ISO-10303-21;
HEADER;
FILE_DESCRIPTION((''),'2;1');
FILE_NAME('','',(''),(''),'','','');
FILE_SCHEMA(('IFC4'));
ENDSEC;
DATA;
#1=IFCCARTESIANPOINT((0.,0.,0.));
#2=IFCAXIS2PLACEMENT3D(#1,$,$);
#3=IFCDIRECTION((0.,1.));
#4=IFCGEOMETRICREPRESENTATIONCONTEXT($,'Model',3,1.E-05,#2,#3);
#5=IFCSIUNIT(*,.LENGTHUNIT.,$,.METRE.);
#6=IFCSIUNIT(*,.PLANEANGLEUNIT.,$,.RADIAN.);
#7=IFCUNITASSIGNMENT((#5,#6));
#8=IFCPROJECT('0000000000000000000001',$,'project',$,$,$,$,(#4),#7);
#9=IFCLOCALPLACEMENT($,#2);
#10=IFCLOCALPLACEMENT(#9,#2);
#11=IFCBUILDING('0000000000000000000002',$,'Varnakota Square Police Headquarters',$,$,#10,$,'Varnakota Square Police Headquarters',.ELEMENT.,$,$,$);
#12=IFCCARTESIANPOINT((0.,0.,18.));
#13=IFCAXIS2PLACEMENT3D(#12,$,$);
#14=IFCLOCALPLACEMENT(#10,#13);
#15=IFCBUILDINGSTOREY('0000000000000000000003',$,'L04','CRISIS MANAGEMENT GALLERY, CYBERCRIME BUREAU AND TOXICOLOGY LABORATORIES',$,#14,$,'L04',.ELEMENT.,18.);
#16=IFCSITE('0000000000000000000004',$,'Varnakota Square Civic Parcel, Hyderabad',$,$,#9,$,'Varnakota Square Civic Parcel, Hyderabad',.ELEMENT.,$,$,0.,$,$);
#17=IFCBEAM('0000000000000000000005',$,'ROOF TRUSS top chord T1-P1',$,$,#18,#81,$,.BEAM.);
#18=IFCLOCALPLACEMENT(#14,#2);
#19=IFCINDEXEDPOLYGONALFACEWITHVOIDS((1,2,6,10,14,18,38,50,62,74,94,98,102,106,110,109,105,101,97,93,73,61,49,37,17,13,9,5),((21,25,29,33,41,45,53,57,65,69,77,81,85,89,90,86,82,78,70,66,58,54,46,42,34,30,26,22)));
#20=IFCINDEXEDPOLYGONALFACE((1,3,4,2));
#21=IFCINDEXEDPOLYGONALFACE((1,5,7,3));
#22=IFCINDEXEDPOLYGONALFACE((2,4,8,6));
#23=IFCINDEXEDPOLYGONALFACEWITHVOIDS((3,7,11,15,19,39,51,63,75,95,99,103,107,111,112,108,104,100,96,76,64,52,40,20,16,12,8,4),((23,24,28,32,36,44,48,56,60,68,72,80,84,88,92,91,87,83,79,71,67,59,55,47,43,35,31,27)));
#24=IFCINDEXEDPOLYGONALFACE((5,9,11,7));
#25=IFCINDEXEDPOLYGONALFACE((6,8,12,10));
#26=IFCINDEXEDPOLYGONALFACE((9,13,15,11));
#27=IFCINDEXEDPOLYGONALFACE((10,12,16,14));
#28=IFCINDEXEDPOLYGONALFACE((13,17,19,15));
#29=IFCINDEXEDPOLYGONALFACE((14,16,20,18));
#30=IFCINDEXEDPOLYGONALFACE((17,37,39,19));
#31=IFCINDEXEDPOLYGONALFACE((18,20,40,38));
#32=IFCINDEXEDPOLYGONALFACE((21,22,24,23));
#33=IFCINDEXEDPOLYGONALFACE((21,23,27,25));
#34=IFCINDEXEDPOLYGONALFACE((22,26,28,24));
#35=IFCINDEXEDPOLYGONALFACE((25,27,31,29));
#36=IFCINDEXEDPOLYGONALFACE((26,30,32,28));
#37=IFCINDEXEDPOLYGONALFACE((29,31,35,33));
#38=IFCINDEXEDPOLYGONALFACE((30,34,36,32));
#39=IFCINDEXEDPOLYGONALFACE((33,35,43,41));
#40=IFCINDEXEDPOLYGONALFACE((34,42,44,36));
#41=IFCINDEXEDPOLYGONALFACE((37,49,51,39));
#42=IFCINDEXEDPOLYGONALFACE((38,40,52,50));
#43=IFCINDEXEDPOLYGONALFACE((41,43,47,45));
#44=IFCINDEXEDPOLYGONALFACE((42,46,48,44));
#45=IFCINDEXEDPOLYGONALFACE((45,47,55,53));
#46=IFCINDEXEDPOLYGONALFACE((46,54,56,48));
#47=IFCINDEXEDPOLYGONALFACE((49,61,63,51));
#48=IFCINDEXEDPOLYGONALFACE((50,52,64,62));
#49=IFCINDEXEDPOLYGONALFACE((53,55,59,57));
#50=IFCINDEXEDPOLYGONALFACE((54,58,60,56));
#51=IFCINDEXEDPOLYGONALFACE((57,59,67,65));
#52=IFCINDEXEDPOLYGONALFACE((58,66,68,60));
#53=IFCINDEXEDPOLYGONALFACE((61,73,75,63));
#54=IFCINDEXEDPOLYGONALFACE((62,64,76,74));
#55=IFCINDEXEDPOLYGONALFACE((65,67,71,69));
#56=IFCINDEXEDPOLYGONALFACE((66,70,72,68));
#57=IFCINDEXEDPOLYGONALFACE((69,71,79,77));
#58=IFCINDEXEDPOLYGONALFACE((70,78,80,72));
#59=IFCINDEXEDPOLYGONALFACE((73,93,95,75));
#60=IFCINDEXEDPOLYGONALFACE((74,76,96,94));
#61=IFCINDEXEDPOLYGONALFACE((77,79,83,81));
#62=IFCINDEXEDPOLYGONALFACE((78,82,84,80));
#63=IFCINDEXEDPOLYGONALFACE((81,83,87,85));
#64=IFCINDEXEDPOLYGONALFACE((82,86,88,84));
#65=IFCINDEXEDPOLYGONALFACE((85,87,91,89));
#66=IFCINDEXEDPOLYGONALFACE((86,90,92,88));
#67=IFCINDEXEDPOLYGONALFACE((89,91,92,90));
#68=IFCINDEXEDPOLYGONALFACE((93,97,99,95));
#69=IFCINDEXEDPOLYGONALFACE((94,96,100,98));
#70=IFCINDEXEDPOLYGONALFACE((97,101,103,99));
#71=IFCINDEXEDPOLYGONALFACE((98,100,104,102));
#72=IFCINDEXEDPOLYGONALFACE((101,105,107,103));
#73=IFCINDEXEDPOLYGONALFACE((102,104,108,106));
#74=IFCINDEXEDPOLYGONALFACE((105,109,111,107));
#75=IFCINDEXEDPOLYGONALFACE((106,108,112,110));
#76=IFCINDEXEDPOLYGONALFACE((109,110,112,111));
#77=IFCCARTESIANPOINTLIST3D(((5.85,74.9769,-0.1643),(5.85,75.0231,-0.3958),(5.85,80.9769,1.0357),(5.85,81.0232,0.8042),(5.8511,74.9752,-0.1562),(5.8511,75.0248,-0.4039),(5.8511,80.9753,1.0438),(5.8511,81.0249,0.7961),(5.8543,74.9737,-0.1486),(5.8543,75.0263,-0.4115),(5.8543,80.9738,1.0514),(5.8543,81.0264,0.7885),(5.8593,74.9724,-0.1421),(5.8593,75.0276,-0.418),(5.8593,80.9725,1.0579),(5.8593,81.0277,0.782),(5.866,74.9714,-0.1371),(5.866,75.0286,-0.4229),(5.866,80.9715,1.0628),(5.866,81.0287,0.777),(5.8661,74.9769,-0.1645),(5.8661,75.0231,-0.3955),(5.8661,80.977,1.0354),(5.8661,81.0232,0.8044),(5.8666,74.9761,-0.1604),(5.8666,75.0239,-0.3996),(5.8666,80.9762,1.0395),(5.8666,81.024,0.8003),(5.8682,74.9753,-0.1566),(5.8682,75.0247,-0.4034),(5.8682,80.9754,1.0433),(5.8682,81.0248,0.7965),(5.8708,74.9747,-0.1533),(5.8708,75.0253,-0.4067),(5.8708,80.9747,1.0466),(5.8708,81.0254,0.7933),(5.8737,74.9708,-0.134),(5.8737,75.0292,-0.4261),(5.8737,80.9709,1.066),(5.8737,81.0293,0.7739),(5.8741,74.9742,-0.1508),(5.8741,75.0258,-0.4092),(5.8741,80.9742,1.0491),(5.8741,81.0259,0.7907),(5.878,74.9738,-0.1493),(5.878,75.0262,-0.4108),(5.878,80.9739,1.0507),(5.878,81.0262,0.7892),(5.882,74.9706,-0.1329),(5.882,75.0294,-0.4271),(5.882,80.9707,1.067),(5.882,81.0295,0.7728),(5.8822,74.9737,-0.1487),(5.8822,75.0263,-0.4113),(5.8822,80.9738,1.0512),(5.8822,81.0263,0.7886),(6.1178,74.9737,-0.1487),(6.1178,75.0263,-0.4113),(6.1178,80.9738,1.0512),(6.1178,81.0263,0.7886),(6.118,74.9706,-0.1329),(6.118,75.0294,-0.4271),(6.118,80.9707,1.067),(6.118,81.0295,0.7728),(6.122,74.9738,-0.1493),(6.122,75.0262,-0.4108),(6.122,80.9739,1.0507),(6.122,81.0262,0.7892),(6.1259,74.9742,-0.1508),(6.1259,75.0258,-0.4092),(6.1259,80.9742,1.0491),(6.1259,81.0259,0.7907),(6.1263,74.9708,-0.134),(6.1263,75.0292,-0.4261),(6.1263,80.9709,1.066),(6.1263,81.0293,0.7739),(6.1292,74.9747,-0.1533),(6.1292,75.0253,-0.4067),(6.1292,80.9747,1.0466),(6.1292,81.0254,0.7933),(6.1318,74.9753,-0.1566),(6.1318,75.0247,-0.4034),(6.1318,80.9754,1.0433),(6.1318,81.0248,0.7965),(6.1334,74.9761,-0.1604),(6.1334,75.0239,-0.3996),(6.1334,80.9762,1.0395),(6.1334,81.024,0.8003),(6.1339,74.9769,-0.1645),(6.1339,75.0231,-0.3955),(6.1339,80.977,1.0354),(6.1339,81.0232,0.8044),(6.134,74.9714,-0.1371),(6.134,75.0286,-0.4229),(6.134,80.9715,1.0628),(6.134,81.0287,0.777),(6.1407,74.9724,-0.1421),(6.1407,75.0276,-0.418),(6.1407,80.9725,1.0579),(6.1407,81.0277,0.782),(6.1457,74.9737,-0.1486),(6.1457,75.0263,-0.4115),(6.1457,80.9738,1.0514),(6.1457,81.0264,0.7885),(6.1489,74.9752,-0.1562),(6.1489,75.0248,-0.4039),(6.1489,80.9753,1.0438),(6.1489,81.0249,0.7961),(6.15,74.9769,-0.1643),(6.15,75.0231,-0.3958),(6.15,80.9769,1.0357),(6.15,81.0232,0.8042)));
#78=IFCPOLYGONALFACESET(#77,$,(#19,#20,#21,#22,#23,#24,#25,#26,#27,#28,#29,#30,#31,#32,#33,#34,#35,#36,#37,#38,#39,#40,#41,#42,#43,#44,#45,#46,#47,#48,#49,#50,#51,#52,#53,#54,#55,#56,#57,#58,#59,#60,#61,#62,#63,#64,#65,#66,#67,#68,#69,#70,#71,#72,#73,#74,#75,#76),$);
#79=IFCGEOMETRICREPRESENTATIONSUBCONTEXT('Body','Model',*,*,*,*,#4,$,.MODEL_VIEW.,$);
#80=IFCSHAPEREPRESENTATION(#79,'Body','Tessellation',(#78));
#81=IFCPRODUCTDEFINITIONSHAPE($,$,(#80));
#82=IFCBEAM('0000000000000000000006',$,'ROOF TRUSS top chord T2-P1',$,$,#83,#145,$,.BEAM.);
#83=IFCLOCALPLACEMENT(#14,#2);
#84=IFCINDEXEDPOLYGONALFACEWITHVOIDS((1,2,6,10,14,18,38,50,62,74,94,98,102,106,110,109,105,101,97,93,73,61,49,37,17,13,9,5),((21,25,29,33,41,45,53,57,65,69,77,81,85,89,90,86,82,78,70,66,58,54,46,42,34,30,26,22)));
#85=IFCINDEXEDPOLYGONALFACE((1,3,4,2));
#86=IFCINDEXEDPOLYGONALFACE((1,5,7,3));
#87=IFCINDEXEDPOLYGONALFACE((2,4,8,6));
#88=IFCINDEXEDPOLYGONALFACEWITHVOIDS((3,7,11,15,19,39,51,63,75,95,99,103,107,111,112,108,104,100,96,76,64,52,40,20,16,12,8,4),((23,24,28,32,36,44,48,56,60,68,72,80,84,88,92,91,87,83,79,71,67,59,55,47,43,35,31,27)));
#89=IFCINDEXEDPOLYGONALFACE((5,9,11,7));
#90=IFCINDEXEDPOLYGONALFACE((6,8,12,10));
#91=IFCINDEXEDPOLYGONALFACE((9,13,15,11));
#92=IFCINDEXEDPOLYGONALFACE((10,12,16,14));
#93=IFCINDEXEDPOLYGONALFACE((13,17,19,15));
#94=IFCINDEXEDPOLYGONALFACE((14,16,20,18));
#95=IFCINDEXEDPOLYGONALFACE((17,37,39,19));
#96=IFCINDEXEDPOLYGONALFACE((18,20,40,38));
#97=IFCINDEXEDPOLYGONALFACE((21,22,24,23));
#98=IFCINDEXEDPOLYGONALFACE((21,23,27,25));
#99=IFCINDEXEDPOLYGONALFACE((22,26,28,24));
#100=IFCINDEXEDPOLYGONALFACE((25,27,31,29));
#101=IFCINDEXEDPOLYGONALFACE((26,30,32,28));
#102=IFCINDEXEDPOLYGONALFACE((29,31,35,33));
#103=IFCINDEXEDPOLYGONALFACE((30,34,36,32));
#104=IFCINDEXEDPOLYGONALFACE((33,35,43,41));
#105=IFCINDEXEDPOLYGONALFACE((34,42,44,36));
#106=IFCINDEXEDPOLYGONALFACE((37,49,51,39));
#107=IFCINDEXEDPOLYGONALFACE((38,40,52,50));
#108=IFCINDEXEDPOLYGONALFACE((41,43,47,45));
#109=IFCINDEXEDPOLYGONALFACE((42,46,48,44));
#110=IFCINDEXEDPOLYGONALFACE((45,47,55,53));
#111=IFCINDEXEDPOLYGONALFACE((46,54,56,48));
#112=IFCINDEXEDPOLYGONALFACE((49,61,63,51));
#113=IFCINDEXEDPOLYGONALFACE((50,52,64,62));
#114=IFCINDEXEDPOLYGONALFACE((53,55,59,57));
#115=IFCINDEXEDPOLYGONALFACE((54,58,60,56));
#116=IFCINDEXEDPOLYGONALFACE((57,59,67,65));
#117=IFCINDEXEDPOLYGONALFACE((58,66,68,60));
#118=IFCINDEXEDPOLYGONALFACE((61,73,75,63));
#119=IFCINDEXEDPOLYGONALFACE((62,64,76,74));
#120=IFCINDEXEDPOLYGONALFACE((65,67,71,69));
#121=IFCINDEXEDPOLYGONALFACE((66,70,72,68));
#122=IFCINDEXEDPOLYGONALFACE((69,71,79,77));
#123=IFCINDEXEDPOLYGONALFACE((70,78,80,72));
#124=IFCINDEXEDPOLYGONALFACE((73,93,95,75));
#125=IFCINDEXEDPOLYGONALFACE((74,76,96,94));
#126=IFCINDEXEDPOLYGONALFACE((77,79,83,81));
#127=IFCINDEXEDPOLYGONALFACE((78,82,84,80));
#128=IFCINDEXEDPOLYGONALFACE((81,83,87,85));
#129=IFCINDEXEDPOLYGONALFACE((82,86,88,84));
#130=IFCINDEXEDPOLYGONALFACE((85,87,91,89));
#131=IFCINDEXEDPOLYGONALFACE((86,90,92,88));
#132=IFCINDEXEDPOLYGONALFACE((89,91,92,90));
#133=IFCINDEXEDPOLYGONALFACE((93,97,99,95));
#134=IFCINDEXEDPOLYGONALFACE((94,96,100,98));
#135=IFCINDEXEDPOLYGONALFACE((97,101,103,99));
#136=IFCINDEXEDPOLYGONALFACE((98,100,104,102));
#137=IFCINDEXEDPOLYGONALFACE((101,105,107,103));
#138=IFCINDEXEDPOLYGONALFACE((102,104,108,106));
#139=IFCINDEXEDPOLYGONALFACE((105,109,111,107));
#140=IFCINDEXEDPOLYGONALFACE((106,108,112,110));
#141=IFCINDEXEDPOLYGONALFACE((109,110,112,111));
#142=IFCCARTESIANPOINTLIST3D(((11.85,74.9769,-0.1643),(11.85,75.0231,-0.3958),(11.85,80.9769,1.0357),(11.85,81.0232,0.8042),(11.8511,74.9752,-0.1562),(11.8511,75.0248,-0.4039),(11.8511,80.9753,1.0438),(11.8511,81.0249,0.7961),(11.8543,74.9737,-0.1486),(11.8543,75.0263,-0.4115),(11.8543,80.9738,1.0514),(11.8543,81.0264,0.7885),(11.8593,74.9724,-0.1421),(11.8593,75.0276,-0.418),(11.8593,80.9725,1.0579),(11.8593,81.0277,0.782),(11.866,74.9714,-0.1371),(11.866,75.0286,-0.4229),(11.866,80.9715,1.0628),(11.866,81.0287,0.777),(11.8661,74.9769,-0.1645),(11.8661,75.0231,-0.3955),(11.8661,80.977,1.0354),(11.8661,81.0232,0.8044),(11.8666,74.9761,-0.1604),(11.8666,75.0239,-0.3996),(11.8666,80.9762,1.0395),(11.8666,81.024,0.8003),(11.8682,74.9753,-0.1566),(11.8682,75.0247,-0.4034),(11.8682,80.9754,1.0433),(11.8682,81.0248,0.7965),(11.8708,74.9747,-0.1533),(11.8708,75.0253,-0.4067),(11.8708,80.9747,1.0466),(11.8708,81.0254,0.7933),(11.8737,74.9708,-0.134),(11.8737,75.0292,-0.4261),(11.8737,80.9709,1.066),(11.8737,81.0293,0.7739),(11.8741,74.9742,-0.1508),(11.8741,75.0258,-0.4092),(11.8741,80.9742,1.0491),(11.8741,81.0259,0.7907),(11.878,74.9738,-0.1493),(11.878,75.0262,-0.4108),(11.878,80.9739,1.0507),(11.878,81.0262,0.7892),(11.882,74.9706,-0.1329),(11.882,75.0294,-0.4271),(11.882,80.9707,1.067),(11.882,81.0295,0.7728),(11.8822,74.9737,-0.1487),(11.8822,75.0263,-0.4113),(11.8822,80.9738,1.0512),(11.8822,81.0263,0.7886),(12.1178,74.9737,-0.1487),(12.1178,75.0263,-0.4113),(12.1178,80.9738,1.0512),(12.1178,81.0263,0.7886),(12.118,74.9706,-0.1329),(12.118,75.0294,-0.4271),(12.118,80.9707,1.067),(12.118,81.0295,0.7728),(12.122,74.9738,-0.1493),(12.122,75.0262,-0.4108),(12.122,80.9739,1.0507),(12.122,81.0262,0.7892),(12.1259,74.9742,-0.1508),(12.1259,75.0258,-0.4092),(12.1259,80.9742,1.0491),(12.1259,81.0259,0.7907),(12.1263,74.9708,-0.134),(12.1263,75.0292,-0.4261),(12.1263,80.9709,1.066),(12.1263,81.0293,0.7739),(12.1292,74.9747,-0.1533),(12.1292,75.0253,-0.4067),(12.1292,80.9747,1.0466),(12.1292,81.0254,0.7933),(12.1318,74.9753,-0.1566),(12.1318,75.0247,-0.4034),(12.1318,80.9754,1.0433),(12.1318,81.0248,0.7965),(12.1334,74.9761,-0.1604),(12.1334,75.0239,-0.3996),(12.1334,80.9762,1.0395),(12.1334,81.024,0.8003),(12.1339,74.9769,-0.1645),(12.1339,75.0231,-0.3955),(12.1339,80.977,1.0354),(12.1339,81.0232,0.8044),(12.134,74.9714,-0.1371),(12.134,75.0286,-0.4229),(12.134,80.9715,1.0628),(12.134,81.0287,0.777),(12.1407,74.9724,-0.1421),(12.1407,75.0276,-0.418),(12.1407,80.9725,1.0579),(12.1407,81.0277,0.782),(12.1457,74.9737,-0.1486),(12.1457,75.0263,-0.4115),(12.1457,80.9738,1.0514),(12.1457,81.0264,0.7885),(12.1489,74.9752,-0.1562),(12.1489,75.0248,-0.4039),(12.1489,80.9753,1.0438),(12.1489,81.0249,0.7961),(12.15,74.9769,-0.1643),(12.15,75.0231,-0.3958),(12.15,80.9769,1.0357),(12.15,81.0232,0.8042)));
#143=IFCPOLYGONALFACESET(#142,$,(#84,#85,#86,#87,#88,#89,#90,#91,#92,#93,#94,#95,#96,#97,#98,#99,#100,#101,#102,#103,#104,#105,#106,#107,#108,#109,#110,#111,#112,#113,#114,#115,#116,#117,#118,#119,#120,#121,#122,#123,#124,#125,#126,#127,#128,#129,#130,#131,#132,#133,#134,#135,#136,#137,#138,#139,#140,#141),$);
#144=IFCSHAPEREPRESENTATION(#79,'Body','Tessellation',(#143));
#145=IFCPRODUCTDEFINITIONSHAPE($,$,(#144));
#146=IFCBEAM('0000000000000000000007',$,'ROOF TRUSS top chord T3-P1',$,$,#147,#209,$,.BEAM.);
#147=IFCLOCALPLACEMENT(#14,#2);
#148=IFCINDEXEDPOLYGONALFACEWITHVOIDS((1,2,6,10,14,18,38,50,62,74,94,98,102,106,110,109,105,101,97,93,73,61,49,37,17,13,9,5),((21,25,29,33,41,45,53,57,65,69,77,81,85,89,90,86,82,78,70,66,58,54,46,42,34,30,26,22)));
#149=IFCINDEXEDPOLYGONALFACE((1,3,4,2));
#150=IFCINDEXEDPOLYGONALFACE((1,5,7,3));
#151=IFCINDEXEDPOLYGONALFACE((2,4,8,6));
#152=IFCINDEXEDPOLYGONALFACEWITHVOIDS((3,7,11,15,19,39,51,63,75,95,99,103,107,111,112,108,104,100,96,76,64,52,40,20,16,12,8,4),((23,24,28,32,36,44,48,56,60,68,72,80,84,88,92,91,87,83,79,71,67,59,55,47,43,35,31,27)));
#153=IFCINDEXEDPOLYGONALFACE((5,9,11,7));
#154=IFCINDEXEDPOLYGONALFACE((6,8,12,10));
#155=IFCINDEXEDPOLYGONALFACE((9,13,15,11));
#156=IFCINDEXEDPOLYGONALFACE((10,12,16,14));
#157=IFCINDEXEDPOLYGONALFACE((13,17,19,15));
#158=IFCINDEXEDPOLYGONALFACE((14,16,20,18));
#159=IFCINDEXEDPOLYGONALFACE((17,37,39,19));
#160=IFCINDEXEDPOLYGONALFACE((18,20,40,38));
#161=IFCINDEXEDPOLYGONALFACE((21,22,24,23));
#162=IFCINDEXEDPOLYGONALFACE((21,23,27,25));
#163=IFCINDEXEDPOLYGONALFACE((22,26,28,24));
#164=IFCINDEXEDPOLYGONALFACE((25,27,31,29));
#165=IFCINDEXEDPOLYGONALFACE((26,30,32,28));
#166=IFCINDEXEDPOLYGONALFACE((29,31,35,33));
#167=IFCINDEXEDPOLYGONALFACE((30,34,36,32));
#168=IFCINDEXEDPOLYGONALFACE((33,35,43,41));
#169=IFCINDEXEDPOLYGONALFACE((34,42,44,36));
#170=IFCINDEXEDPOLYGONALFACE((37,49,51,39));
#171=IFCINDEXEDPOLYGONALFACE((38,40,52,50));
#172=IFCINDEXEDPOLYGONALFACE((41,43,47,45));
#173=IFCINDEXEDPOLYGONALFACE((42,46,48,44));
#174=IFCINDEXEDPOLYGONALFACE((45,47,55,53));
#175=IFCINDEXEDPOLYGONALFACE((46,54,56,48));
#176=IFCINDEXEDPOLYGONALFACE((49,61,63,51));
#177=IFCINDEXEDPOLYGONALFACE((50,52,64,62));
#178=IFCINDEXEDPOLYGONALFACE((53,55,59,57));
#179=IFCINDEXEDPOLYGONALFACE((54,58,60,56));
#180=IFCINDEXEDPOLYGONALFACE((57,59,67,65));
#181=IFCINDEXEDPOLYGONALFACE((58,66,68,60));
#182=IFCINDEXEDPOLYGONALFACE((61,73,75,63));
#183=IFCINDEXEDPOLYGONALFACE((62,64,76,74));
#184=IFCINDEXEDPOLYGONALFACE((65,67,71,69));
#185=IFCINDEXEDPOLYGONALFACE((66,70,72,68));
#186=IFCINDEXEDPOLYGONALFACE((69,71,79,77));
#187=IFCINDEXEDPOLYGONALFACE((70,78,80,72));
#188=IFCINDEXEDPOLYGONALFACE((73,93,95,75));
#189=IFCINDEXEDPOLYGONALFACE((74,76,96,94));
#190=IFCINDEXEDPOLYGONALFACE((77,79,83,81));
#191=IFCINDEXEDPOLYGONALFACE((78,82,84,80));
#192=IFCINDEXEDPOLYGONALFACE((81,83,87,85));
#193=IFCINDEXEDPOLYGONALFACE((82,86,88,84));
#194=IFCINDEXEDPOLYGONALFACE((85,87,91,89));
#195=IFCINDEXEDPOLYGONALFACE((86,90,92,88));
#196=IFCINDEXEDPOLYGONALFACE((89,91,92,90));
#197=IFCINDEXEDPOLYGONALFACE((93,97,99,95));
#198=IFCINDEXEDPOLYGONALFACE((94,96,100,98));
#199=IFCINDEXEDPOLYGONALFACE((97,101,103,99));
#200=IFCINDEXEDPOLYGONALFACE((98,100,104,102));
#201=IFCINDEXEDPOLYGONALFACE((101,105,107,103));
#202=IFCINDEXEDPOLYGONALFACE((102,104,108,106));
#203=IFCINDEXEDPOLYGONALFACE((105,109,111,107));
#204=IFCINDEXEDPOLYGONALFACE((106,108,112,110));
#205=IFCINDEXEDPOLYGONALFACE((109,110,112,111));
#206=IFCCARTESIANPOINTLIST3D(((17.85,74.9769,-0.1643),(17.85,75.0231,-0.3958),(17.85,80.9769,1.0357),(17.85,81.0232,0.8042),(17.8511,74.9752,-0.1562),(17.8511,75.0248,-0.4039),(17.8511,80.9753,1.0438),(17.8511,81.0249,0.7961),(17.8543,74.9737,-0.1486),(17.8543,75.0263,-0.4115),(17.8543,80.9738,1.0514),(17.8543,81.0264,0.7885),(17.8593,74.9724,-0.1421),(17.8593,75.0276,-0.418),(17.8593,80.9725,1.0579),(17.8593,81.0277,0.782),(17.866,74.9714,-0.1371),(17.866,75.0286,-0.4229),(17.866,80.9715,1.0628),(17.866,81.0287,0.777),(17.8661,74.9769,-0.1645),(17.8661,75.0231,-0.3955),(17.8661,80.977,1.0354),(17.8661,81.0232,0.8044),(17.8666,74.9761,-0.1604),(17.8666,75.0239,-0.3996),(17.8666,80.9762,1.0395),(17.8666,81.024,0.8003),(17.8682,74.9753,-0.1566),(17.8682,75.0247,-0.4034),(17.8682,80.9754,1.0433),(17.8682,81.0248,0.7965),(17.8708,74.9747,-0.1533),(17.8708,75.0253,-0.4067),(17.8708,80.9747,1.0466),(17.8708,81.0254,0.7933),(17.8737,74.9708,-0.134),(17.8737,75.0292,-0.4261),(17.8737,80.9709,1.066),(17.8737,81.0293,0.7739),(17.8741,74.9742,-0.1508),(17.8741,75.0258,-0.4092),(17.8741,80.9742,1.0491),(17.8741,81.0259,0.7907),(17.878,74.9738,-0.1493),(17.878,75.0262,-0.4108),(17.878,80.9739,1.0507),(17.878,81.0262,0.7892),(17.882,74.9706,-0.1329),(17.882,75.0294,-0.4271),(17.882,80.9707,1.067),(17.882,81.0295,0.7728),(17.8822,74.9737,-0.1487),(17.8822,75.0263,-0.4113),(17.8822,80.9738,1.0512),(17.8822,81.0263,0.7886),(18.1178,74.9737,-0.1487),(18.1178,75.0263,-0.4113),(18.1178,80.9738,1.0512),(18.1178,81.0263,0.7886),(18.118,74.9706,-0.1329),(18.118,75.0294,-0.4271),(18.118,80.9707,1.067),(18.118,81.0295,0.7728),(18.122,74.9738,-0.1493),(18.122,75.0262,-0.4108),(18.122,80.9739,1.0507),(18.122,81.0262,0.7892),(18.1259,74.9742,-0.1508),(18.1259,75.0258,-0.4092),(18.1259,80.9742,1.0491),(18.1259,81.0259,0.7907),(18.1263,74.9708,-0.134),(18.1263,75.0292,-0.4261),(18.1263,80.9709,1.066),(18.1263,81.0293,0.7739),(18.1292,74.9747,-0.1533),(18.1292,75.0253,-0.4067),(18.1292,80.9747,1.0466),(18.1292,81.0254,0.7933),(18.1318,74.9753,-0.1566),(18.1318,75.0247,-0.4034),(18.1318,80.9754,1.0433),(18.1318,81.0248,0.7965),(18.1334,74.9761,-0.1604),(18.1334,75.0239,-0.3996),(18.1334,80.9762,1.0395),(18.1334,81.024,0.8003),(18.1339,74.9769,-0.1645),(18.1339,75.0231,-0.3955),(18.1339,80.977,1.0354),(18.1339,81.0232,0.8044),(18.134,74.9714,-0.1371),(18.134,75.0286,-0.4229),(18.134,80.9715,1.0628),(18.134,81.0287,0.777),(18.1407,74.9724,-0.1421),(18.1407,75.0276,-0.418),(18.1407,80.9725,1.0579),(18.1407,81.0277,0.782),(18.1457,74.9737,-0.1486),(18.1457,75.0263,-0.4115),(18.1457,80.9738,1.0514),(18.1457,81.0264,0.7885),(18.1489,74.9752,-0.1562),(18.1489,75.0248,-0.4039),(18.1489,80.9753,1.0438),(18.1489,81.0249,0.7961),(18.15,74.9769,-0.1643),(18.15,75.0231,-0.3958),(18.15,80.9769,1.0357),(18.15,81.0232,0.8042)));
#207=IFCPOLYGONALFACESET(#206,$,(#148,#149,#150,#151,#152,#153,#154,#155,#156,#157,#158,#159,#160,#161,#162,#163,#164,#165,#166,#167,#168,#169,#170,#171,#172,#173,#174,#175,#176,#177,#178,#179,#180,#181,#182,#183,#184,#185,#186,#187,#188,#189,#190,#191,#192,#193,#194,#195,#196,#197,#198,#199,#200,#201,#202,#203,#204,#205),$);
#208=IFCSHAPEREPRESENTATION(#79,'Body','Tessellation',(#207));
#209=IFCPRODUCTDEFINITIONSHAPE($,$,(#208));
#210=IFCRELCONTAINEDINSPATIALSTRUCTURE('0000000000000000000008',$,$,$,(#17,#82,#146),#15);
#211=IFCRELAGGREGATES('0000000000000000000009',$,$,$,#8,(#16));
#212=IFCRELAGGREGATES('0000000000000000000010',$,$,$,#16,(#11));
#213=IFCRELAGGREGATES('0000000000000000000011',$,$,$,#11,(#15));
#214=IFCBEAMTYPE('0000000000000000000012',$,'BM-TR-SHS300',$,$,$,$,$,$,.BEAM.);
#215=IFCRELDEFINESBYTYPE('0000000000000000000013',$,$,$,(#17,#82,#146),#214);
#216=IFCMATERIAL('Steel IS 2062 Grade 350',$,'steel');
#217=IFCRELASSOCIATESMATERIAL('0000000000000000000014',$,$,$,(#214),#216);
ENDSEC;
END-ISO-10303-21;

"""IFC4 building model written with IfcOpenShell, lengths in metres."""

from ifc_helpers import new_model, si_unit, direction, frame, origin, origin_2d, place, context, subcontext, project, spatial, hollow_rectangle, extrude, material, material_profile, profile_set, type_object, element, save


model = new_model("IFC4")

# Units and contexts
model_context = context("Model", 3, precision=1e-05, world=origin(), true_north=direction((0.0, 1.0)))
body_context = subcontext(model_context, "Body", "Model", "MODEL_VIEW")
ifc_project = project(units=[si_unit("LENGTHUNIT", "METRE"), si_unit("PLANEANGLEUNIT", "RADIAN")], contexts=[model_context])

# Site, building, storey
site_placement = place(None, origin())
site = spatial("IfcSite", under=ifc_project, at=site_placement, Name="Varnakota Square Civic Parcel, Hyderabad", LongName="Varnakota Square Civic Parcel, Hyderabad", CompositionType="ELEMENT", RefElevation=0.0)
building_placement = place(site_placement, origin())
building = spatial("IfcBuilding", under=site, at=building_placement, Name="Varnakota Square Police Headquarters", LongName="Varnakota Square Police Headquarters", CompositionType="ELEMENT")
storey_placement = place(building_placement, frame((0.0, 0.0, 18.0)))
storey = spatial("IfcBuildingStorey", under=building, at=storey_placement, Name="L04", Description="CRISIS MANAGEMENT GALLERY, CYBERCRIME BUREAU AND TOXICOLOGY LABORATORIES", LongName="L04", CompositionType="ELEMENT", Elevation=18.0)

# Shared definitions
ifc_material_1 = material(Name="Steel IS 2062 Grade 350", Category="steel")

# Beams
ifc_material_profile_1 = material_profile(ifc_material_1, hollow_rectangle(XDim=0.3, YDim=0.3, WallThickness=0.0161, InnerFilletRadius=0.0161, OuterFilletRadius=0.032, at=origin_2d()), Name="SHS 300x300x16")
ifc_profile_set_1 = profile_set([ifc_material_profile_1], Name="Steel IS 2062 Grade 350")
beam_type_1 = type_object("IfcBeamType", Name="BM-TR-SHS300", PredefinedType="BEAM", material=ifc_profile_set_1)
for number, where, z_axis, x_axis, name in (
    (1, (6.0, 75.0, -0.28), (0.0, 0.980582, 0.196108), (-1.0, 0.0, 0.0), "ROOF TRUSS top chord T1-P1"),
    (2, (12.0, 75.0, -0.28), (0.0, 0.980582, 0.196108), (-1.0, 0.0, 0.0), "ROOF TRUSS top chord T2-P1"),
    (3, (18.0, 75.0, -0.28), (0.0, 0.980582, 0.196108), (-1.0, 0.0, 0.0), "ROOF TRUSS top chord T3-P1"),
):
    element("IfcBeam", number, at=place(storey_placement, frame(where, z_axis=z_axis, x_axis=x_axis)), inside=storey, type_object=beam_type_1, Name=name, PredefinedType="BEAM", context=body_context, shape_type="SweptSolid", body=[
        extrude(hollow_rectangle(XDim=0.3, YDim=0.3, WallThickness=0.0161, InnerFilletRadius=0.0161, OuterFilletRadius=0.032, at=origin_2d()), origin(), (0.0, 0.0, 1.0), 6.1189),
    ])

save(model, "model.ifc")
